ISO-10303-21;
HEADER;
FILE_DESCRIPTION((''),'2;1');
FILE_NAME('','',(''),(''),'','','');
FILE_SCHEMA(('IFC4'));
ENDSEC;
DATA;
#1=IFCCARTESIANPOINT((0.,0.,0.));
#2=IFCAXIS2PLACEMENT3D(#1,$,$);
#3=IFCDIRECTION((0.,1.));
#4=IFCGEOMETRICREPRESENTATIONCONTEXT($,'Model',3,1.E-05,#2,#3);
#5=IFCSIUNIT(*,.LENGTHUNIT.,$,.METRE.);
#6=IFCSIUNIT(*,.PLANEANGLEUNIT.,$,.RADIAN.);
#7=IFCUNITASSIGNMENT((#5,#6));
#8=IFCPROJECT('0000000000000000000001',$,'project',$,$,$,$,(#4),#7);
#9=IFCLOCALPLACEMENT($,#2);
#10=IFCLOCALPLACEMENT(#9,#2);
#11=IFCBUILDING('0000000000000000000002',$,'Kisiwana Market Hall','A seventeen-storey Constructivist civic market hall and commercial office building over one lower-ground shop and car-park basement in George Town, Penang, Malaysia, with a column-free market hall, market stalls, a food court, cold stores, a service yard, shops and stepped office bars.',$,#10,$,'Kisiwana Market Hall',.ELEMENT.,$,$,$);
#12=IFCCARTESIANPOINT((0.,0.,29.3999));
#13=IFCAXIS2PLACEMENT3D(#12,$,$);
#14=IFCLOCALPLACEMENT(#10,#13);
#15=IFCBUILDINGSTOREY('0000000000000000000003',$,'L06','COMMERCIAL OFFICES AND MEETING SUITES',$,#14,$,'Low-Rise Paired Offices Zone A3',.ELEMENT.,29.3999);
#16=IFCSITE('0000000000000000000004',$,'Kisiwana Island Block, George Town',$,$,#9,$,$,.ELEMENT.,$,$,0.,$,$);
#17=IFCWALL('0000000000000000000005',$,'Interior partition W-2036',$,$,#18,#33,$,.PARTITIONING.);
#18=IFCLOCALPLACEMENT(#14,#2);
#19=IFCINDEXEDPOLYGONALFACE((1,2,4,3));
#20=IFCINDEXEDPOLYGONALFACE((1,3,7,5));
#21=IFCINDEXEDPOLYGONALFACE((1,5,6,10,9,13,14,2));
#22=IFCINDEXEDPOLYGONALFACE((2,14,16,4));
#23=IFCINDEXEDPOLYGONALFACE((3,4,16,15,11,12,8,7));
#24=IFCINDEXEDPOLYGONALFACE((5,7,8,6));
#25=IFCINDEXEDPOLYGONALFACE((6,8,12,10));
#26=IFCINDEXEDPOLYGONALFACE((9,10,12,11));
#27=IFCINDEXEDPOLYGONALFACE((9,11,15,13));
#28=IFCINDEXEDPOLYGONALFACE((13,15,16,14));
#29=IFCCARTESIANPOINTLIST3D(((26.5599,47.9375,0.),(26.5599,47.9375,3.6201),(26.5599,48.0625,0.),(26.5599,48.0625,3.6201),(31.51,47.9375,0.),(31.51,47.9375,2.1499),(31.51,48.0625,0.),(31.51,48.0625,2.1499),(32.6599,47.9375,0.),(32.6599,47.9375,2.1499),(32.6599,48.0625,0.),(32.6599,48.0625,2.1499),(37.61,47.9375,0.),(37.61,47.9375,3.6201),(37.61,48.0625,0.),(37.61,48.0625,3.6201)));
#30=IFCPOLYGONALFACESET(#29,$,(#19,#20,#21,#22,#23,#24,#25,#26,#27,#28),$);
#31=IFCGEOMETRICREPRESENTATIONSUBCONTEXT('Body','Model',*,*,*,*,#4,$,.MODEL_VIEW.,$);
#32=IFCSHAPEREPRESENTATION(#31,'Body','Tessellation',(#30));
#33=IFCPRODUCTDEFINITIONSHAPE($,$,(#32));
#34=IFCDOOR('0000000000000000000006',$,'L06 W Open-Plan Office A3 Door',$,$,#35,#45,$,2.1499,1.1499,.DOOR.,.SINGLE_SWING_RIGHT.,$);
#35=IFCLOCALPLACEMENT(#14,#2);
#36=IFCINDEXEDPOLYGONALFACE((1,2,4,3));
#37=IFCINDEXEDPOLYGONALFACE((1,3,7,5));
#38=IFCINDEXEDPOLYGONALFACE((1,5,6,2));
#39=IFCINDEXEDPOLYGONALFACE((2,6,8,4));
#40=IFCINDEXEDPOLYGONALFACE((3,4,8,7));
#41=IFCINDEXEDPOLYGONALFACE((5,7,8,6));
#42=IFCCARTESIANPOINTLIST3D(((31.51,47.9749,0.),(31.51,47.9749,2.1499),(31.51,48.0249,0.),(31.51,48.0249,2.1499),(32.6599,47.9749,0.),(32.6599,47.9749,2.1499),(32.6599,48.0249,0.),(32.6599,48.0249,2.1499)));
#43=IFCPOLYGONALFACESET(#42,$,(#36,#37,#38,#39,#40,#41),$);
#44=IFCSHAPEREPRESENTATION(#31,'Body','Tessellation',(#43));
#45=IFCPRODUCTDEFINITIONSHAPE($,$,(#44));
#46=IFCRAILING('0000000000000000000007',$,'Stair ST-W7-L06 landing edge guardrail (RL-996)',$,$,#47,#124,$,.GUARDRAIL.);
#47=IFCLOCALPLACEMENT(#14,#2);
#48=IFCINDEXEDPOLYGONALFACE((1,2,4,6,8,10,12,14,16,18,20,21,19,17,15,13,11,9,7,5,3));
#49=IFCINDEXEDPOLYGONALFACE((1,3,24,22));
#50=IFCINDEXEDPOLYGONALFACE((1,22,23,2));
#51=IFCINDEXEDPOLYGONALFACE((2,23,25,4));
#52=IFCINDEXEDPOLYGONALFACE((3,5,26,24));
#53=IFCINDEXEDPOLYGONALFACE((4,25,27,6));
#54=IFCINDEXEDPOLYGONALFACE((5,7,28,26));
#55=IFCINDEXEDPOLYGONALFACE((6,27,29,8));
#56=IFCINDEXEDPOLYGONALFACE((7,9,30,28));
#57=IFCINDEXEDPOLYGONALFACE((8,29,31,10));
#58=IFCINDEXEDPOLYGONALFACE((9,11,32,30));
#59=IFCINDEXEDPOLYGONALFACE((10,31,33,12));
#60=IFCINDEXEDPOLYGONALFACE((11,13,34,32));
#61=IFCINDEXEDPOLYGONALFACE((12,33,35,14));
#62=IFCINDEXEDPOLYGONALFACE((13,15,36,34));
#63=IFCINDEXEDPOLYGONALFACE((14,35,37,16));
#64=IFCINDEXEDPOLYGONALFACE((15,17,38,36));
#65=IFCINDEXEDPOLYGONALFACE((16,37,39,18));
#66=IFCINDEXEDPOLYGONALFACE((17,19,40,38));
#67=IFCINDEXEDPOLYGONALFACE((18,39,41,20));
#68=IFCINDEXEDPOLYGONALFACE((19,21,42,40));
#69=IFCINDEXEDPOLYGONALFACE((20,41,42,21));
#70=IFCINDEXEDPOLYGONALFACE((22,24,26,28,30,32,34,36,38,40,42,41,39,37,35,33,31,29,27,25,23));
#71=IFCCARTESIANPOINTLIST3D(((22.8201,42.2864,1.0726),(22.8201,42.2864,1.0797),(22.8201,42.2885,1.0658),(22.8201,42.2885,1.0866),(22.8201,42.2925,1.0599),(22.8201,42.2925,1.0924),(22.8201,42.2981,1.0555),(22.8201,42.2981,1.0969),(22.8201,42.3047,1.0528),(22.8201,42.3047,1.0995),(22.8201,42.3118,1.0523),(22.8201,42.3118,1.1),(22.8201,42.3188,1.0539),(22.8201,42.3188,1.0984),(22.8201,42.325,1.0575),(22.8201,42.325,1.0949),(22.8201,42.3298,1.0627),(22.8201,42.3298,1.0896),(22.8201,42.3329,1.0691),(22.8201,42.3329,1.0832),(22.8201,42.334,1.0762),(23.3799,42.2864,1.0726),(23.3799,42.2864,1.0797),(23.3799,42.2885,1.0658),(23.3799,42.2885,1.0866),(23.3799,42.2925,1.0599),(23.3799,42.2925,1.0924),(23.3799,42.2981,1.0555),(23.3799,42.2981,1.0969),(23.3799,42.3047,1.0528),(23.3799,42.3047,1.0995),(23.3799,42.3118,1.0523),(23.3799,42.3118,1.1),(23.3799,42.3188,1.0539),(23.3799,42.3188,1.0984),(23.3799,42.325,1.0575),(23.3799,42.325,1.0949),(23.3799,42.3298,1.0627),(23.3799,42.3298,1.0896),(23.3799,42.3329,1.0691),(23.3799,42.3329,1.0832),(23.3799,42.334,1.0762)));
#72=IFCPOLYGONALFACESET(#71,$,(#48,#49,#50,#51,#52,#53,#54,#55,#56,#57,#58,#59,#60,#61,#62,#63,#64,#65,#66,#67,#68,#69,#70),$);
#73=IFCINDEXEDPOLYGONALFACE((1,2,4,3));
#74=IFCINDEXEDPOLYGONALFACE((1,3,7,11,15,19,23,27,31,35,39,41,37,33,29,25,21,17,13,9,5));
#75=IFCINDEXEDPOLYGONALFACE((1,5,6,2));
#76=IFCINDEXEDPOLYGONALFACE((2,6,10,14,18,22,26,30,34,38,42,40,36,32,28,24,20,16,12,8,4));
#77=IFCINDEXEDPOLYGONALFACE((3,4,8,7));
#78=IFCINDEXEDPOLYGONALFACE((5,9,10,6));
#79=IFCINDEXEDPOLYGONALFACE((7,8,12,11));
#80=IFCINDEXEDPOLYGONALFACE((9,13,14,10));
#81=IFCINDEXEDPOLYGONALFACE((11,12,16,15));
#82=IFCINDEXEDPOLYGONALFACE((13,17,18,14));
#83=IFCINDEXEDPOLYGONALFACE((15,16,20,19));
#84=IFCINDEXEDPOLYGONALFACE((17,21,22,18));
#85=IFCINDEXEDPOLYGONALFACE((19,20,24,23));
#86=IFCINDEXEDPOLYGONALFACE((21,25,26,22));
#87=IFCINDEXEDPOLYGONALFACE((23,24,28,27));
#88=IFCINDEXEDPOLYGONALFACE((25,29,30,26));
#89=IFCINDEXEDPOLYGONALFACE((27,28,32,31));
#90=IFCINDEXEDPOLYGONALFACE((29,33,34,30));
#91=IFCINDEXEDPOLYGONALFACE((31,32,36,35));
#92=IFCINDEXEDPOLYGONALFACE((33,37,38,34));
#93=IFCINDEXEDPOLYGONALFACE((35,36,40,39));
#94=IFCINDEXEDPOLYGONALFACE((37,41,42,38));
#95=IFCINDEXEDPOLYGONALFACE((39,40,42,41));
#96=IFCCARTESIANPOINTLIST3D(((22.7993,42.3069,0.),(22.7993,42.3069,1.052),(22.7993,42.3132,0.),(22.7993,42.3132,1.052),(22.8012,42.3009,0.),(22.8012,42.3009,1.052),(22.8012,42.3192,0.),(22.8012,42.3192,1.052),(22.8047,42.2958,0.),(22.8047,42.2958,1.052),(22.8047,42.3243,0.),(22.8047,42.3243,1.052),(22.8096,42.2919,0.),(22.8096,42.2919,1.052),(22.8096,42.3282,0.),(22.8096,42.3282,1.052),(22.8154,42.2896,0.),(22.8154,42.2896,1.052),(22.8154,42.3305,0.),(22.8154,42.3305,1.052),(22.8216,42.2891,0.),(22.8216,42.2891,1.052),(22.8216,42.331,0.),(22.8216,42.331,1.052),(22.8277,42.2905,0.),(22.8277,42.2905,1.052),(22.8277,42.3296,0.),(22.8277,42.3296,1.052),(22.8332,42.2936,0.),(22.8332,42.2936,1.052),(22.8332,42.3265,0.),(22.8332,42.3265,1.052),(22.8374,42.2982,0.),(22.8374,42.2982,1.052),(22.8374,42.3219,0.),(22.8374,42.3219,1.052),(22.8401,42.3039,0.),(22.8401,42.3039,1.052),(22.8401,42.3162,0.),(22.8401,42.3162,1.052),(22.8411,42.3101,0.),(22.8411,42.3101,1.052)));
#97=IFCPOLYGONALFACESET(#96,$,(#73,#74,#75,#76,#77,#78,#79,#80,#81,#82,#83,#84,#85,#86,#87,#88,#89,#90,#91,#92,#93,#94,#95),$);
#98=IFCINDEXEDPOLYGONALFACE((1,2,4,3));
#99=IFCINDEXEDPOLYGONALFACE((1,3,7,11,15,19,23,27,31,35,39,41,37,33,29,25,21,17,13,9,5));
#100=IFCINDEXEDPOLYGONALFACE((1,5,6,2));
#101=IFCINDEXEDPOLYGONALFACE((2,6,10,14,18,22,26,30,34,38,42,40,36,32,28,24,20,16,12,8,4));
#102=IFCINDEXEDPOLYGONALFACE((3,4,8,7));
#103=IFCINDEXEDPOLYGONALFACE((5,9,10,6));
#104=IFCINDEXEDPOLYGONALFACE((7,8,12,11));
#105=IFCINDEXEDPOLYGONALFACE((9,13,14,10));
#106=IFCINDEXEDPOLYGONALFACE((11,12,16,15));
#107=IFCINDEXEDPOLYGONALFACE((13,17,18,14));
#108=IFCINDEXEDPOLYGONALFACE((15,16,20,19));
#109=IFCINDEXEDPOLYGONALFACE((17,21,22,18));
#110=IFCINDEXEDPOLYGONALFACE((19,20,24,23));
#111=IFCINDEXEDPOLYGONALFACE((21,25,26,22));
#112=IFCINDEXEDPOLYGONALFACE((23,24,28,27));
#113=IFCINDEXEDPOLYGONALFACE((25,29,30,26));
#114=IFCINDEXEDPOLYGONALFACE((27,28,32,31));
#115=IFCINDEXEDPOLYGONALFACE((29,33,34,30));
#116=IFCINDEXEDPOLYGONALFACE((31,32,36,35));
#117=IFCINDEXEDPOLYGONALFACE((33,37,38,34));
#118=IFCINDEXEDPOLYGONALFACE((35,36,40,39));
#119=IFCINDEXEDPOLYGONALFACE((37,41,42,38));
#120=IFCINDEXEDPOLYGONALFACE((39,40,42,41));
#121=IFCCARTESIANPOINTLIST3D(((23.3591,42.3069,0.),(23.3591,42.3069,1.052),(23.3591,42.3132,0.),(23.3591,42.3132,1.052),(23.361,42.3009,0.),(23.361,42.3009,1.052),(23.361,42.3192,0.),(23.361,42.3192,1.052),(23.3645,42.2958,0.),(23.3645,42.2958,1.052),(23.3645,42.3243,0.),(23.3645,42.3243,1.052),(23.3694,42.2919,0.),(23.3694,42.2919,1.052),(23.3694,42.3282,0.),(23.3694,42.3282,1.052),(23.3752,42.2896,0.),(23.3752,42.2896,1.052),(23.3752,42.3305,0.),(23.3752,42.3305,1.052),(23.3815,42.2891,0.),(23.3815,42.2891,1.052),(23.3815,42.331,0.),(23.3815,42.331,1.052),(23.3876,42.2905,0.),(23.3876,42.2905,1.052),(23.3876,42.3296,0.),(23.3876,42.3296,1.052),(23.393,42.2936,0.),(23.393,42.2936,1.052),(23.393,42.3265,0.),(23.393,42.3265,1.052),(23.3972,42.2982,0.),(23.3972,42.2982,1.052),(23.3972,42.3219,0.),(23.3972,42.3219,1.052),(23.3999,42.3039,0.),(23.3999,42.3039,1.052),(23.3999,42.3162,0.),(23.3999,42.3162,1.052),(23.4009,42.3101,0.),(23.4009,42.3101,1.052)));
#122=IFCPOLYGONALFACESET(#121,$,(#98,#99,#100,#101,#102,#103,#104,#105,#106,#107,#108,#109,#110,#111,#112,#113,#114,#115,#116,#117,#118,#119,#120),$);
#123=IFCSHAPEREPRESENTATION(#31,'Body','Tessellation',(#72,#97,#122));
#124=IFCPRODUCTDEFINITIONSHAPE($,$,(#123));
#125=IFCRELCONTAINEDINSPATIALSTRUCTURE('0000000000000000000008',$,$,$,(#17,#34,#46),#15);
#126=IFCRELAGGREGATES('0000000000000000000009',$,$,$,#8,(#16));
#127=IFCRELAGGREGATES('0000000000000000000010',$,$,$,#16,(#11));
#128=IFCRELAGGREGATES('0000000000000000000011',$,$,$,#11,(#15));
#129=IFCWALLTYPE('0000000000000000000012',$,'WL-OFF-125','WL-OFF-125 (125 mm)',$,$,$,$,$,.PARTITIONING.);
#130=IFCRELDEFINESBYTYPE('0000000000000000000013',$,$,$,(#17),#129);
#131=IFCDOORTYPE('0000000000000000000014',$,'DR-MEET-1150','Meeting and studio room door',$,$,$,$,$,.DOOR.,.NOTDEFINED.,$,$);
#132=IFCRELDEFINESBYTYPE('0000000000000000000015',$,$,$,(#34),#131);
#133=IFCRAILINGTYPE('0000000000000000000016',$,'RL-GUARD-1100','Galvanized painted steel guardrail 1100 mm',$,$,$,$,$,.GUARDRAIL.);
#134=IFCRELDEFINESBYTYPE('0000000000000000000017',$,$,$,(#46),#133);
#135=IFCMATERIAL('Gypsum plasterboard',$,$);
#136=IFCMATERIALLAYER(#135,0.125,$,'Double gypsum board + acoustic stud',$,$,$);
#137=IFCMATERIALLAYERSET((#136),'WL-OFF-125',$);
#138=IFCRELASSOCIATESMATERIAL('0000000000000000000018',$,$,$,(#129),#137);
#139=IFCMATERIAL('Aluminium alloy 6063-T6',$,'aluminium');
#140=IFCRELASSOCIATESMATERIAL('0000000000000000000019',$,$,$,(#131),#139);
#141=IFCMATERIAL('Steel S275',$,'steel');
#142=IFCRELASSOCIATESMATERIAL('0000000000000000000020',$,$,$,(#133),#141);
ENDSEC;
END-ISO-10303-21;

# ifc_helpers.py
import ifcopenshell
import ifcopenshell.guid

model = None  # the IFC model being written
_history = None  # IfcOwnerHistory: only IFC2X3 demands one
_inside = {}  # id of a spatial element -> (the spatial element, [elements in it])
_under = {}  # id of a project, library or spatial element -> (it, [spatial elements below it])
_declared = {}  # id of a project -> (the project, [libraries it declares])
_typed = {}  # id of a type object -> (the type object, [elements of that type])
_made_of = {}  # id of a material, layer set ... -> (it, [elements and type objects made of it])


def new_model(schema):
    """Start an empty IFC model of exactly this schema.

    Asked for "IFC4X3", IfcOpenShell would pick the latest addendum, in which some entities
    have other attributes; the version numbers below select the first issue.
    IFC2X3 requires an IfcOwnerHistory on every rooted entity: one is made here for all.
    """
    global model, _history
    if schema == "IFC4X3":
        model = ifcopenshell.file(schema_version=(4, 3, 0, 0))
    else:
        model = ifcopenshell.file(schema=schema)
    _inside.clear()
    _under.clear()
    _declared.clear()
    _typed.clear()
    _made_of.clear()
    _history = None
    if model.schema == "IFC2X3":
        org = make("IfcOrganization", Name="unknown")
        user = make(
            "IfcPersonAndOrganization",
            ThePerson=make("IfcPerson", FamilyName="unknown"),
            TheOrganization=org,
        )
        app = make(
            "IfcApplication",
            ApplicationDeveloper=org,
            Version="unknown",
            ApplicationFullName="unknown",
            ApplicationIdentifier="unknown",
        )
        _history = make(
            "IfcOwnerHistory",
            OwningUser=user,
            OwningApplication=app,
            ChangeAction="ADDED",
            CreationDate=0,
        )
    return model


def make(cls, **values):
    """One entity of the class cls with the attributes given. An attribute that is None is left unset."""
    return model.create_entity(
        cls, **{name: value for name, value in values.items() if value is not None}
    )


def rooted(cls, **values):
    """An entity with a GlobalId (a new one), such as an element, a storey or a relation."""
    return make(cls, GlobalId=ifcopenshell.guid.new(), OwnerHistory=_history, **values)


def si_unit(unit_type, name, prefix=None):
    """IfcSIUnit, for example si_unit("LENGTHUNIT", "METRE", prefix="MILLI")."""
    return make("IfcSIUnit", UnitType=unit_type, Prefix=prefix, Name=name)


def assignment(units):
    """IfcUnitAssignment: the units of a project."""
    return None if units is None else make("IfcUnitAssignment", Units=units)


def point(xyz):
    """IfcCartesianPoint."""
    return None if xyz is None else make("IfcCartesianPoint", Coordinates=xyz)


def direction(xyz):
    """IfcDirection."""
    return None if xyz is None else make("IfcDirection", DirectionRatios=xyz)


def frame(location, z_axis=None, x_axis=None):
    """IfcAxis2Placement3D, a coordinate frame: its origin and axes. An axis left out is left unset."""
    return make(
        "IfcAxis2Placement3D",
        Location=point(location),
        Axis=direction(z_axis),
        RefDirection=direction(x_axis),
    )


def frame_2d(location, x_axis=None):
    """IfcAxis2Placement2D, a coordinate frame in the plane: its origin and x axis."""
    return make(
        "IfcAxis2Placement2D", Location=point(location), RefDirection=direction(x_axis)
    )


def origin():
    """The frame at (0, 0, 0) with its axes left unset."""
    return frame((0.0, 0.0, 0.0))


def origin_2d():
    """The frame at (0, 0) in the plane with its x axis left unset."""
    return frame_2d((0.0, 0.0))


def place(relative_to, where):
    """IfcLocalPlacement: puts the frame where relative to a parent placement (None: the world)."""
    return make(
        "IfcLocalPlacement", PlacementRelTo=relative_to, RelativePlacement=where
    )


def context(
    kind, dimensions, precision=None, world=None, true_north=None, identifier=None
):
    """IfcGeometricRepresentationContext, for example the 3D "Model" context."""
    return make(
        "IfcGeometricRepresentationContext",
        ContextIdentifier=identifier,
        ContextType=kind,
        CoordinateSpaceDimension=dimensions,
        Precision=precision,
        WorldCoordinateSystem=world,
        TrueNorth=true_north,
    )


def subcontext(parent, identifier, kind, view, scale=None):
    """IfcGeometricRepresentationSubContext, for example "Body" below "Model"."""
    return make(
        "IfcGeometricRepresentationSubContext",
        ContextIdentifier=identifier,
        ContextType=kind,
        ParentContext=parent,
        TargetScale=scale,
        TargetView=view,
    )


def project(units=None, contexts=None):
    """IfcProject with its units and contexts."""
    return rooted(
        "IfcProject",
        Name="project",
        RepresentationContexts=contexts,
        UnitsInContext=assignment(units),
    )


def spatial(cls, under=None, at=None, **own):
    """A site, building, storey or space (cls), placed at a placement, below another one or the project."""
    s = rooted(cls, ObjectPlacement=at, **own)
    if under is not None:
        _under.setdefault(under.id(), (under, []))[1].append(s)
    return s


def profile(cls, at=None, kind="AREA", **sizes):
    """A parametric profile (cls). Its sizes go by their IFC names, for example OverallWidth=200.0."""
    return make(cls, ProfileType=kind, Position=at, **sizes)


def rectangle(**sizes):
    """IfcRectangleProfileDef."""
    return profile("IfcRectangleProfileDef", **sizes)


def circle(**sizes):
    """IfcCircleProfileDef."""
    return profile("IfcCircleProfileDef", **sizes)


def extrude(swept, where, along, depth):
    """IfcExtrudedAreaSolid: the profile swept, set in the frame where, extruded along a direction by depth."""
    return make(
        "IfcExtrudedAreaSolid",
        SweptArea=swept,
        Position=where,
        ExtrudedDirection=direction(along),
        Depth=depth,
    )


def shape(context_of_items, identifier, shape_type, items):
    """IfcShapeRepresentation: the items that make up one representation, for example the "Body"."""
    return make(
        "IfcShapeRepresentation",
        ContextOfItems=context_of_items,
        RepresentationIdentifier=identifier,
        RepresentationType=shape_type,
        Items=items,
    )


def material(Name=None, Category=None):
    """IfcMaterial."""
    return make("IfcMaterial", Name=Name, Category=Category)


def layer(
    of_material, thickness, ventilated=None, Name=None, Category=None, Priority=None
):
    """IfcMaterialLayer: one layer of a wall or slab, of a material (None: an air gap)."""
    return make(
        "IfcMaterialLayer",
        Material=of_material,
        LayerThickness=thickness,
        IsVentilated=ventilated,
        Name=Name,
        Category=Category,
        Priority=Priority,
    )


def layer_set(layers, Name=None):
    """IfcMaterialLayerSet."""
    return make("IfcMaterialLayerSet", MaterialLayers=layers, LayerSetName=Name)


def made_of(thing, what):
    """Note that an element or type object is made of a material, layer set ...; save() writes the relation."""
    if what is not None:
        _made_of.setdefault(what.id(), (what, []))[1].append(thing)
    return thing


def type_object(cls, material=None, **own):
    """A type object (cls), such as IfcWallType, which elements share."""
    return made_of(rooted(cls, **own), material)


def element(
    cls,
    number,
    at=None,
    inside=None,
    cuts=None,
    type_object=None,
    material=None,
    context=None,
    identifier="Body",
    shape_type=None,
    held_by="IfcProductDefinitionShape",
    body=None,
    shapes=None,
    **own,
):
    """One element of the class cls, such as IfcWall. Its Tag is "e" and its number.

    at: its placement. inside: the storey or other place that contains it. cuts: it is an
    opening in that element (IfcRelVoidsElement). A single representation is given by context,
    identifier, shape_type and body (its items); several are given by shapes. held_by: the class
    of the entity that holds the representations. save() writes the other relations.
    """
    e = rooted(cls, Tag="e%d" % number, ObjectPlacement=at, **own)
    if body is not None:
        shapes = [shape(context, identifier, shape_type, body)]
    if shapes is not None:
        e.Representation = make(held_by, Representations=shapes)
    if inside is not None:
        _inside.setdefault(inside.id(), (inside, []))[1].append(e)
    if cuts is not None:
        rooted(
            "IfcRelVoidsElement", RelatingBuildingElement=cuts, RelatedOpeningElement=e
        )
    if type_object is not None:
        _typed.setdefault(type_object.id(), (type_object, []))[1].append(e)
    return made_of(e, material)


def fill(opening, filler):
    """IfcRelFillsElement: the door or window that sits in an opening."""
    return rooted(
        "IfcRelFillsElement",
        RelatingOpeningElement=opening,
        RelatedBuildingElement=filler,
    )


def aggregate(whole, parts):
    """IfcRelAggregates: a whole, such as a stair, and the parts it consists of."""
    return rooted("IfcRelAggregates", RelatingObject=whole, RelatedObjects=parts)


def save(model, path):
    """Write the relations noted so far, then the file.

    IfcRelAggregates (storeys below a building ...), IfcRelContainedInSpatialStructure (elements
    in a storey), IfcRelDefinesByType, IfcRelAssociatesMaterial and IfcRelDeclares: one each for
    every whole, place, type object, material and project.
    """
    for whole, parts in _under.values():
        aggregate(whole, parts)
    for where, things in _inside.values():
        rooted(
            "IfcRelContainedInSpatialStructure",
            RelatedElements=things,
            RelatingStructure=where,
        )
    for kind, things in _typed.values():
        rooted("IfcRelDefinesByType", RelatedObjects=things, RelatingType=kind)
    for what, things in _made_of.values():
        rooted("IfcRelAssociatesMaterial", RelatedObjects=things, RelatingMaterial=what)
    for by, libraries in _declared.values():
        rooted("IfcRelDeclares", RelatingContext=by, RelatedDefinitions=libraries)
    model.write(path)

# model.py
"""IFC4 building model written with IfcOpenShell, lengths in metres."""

from ifc_helpers import new_model, si_unit, direction, frame, frame_2d, origin, origin_2d, place, context, subcontext, project, spatial, rectangle, circle, extrude, material, layer, layer_set, type_object, element, fill, save


model = new_model("IFC4")

# Units and contexts
model_context = context("Model", 3, precision=1e-05, world=origin(), true_north=direction((0.0, 1.0)))
body_context = subcontext(model_context, "Body", "Model", "MODEL_VIEW")
ifc_project = project(units=[si_unit("LENGTHUNIT", "METRE"), si_unit("PLANEANGLEUNIT", "RADIAN")], contexts=[model_context])

# Site, building, storey
site_placement = place(None, origin())
site = spatial("IfcSite", under=ifc_project, at=site_placement, Name="Kisiwana Island Block, George Town", CompositionType="ELEMENT", RefElevation=0.0)
building_placement = place(site_placement, origin())
building = spatial("IfcBuilding", under=site, at=building_placement, Name="Kisiwana Market Hall", Description="A seventeen-storey Constructivist civic market hall and commercial office building over one lower-ground shop and car-park basement in George Town, Penang, Malaysia, with a column-free market hall, market stalls, a food court, cold stores, a service yard, shops and stepped office bars.", LongName="Kisiwana Market Hall", CompositionType="ELEMENT")
storey_placement = place(building_placement, frame((0.0, 0.0, 29.3999)))
storey = spatial("IfcBuildingStorey", under=building, at=storey_placement, Name="L06", Description="COMMERCIAL OFFICES AND MEETING SUITES", LongName="Low-Rise Paired Offices Zone A3", CompositionType="ELEMENT", Elevation=29.3999)

# Wall, opening, door
ifc_material_1 = material(Name="Gypsum plasterboard")
ifc_layer_1 = layer(ifc_material_1, 0.125, Name="Double gypsum board + acoustic stud")
ifc_layer_set_1 = layer_set([ifc_layer_1], Name="WL-OFF-125")
wall_type_1 = type_object("IfcWallType", Name="WL-OFF-125", Description="WL-OFF-125 (125 mm)", PredefinedType="PARTITIONING", material=ifc_layer_set_1)
wall_1_placement = place(storey_placement, frame((26.5601, 48.0, 0.0), z_axis=(0.0, 0.0, 1.0), x_axis=(1.0, 0.0, 0.0)))
wall_1 = element("IfcWall", 1, at=wall_1_placement, inside=storey, type_object=wall_type_1, Name="Interior partition W-2036", PredefinedType="PARTITIONING", context=body_context, shape_type="SweptSolid", body=[
    extrude(rectangle(XDim=11.05, YDim=0.125, at=frame_2d((5.5249, 0.0))), origin(), (0.0, 0.0, 1.0), 3.6201),
])
opening_1_placement = place(wall_1_placement, frame((4.95, 0.0, 0.0)))
opening_1 = element("IfcOpeningElement", 2, at=opening_1_placement, cuts=wall_1, PredefinedType="OPENING", context=body_context, shape_type="SweptSolid", body=[
    extrude(rectangle(XDim=1.1499, YDim=2.1499, at=frame_2d((0.575, 1.075))), frame((0.0, 0.0745, 0.0), z_axis=(0.0, -1.0, 0.0), x_axis=(1.0, 0.0, 0.0)), (0.0, 0.0, 1.0), 0.1489),
])
ifc_material_2 = material(Name="Aluminium alloy 6063-T6", Category="aluminium")
door_type_1 = type_object("IfcDoorType", Name="DR-MEET-1150", Description="Meeting and studio room door", OperationType="NOTDEFINED", PredefinedType="DOOR", material=ifc_material_2)
door_1_placement = place(opening_1_placement, origin())
door_1 = element("IfcDoor", 3, at=door_1_placement, inside=storey, type_object=door_type_1, Name="L06 W Open-Plan Office A3 Door", OperationType="SINGLE_SWING_RIGHT", OverallHeight=2.1499, OverallWidth=1.1499, PredefinedType="DOOR", context=body_context, shape_type="SweptSolid", body=[
    extrude(rectangle(XDim=1.1499, YDim=2.1499, at=frame_2d((0.575, 1.075))), frame((0.0, 0.0249, 0.0), z_axis=(0.0, -1.0, 0.0), x_axis=(1.0, 0.0, 0.0)), (0.0, 0.0, 1.0), 0.05),
])
fill(opening_1, door_1)

# Railing
ifc_material_3 = material(Name="Steel S275", Category="steel")
railing_type_1 = type_object("IfcRailingType", Name="RL-GUARD-1100", Description="Galvanized painted steel guardrail 1100 mm", PredefinedType="GUARDRAIL", material=ifc_material_3)
railing_1_placement = place(storey_placement, frame((22.8201, 42.3101, 0.0)))
element("IfcRailing", 4, at=railing_1_placement, inside=storey, type_object=railing_type_1, Name="Stair ST-W7-L06 landing edge guardrail (RL-996)", PredefinedType="GUARDRAIL", context=body_context, shape_type="SweptSolid", body=[
    extrude(circle(Radius=0.0239, at=origin_2d()), frame((0.0, 0.0, 1.0762), z_axis=(1.0, 0.0, 0.0), x_axis=(0.0, 1.0, 0.0)), (0.0, 0.0, 1.0), 0.5598),
    extrude(circle(Radius=0.021, at=origin_2d()), origin(), (0.0, 0.0, 1.0), 1.052),
    extrude(circle(Radius=0.021, at=origin_2d()), frame((0.5598, 0.0, 0.0)), (0.0, 0.0, 1.0), 1.052),
])

save(model, "model.ifc")
